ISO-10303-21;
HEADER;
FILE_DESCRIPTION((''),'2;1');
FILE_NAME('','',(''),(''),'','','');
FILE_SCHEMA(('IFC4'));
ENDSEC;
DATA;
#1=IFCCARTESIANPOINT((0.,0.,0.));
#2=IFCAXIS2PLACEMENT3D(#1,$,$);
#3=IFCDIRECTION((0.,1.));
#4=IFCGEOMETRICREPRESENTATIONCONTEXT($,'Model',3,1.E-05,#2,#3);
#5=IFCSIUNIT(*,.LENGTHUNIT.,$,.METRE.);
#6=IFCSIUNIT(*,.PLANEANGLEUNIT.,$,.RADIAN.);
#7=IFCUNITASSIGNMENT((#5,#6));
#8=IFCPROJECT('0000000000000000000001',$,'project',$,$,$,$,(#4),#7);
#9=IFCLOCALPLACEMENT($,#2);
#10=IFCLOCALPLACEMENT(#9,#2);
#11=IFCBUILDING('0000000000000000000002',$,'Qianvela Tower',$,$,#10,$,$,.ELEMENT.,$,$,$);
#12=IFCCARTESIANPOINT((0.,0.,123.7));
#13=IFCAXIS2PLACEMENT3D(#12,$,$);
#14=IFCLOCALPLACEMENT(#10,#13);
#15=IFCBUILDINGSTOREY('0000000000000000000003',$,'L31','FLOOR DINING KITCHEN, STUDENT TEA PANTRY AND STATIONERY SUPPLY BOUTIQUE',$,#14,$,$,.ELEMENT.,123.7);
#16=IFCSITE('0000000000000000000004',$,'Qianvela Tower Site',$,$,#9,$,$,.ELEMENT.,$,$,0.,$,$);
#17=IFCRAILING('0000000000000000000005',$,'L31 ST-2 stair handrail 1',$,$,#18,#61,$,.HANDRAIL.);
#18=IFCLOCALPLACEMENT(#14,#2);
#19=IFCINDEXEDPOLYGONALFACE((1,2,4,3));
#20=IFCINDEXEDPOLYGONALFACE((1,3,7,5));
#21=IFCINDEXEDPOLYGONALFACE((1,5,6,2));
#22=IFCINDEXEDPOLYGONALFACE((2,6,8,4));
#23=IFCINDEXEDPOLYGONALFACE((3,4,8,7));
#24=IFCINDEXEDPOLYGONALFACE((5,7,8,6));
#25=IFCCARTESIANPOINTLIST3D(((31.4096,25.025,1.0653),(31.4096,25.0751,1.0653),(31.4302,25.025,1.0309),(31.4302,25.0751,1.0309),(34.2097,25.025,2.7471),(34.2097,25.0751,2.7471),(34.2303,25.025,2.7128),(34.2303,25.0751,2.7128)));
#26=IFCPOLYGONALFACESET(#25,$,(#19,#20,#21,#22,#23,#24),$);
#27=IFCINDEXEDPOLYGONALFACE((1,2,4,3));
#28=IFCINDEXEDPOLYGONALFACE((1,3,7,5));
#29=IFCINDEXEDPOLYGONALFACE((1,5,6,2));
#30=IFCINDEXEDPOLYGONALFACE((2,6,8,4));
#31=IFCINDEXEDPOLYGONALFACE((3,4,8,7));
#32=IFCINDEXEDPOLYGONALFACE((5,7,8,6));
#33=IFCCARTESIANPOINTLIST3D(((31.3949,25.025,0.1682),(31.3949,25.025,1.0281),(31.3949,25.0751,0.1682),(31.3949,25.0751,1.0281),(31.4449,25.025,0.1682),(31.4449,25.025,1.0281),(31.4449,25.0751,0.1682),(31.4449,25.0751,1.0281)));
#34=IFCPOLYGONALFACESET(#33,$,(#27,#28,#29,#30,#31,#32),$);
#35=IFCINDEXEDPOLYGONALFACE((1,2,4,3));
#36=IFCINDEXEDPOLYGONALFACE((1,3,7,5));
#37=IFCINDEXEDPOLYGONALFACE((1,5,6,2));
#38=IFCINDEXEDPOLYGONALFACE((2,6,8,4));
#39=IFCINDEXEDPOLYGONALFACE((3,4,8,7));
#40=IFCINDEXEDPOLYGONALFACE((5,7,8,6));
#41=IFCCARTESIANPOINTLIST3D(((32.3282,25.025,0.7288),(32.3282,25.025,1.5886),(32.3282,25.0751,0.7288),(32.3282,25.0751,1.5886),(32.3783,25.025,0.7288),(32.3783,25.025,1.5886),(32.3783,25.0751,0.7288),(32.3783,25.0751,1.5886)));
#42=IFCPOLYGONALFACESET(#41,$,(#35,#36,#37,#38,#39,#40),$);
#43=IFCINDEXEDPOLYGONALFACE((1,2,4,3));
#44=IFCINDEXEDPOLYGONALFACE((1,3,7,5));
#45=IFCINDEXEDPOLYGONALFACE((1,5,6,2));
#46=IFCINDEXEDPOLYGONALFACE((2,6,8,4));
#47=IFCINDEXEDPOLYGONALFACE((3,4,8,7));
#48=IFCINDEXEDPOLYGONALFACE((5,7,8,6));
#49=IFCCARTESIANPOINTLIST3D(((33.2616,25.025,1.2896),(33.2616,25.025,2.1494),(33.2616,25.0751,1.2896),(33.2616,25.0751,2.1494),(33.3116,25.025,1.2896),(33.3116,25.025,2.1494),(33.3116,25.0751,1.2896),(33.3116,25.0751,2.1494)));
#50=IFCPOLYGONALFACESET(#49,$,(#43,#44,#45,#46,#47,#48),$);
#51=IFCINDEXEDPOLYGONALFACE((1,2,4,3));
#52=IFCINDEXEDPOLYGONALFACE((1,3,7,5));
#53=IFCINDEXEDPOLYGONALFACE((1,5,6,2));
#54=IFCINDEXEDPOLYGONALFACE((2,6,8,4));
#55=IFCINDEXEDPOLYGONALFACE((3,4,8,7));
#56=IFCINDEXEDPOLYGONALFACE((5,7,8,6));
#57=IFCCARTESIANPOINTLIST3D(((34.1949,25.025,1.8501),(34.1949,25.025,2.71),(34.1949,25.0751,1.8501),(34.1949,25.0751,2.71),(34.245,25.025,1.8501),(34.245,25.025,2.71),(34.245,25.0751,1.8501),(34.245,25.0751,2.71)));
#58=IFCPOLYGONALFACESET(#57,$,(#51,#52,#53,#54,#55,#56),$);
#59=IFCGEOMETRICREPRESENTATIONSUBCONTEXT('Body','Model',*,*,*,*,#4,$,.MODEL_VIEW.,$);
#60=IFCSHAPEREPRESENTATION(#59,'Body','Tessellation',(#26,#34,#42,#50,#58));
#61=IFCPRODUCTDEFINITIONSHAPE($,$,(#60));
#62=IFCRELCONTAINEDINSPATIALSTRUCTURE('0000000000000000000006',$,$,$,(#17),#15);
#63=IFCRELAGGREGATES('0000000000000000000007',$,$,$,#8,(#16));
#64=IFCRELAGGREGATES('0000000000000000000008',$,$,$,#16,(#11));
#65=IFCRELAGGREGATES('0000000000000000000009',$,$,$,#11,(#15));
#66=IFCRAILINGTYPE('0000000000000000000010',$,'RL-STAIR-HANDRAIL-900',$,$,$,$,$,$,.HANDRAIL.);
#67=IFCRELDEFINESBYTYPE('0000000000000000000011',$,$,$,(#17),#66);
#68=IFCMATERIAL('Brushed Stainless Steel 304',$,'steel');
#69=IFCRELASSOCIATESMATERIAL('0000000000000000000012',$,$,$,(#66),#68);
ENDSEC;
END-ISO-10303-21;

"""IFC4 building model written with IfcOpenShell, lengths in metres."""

from ifc_helpers import new_model, si_unit, direction, frame, origin, origin_2d, place, context, subcontext, project, spatial, rectangle, extrude, material, type_object, element, save


model = new_model("IFC4")

# Units and contexts
model_context = context("Model", 3, precision=1e-05, world=origin(), true_north=direction((0.0, 1.0)))
body_context = subcontext(model_context, "Body", "Model", "MODEL_VIEW")
ifc_project = project(units=[si_unit("LENGTHUNIT", "METRE"), si_unit("PLANEANGLEUNIT", "RADIAN")], contexts=[model_context])

# Site, building, storey
site_placement = place(None, origin())
site = spatial("IfcSite", under=ifc_project, at=site_placement, Name="Qianvela Tower Site", CompositionType="ELEMENT", RefElevation=0.0)
building_placement = place(site_placement, origin())
building = spatial("IfcBuilding", under=site, at=building_placement, Name="Qianvela Tower", CompositionType="ELEMENT")
storey_placement = place(building_placement, frame((0.0, 0.0, 123.7)))
storey = spatial("IfcBuildingStorey", under=building, at=storey_placement, Name="L31", Description="FLOOR DINING KITCHEN, STUDENT TEA PANTRY AND STATIONERY SUPPLY BOUTIQUE", CompositionType="ELEMENT", Elevation=123.7)

# Railing
ifc_material_1 = material(Name="Brushed Stainless Steel 304", Category="steel")
railing_type_1 = type_object("IfcRailingType", Name="RL-STAIR-HANDRAIL-900", PredefinedType="HANDRAIL", material=ifc_material_1)
railing_1_placement = place(storey_placement, frame((31.4199, 25.05, 0.1682)))
element("IfcRailing", 1, at=railing_1_placement, inside=storey, type_object=railing_type_1, Name="L31 ST-2 stair handrail 1", PredefinedType="HANDRAIL", context=body_context, shape_type="SweptSolid", body=[
    extrude(rectangle(XDim=0.05, YDim=0.04, at=origin_2d()), frame((0.0, 0.0, 0.8799), z_axis=(0.857242, 0.0, 0.514913), x_axis=(0.0, 1.0, 0.0)), (0.0, 0.0, 1.0), 3.2664),
    extrude(rectangle(XDim=0.05, YDim=0.05, at=origin_2d()), origin(), (0.0, 0.0, 1.0), 0.8599),
    extrude(rectangle(XDim=0.05, YDim=0.05, at=origin_2d()), frame((0.9333, 0.0, 0.5605)), (0.0, 0.0, 1.0), 0.8599),
    extrude(rectangle(XDim=0.05, YDim=0.05, at=origin_2d()), frame((1.8667, 0.0, 1.1213)), (0.0, 0.0, 1.0), 0.8599),
    extrude(rectangle(XDim=0.05, YDim=0.05, at=origin_2d()), frame((2.8, 0.0, 1.6819)), (0.0, 0.0, 1.0), 0.8599),
])

save(model, "model.ifc")
